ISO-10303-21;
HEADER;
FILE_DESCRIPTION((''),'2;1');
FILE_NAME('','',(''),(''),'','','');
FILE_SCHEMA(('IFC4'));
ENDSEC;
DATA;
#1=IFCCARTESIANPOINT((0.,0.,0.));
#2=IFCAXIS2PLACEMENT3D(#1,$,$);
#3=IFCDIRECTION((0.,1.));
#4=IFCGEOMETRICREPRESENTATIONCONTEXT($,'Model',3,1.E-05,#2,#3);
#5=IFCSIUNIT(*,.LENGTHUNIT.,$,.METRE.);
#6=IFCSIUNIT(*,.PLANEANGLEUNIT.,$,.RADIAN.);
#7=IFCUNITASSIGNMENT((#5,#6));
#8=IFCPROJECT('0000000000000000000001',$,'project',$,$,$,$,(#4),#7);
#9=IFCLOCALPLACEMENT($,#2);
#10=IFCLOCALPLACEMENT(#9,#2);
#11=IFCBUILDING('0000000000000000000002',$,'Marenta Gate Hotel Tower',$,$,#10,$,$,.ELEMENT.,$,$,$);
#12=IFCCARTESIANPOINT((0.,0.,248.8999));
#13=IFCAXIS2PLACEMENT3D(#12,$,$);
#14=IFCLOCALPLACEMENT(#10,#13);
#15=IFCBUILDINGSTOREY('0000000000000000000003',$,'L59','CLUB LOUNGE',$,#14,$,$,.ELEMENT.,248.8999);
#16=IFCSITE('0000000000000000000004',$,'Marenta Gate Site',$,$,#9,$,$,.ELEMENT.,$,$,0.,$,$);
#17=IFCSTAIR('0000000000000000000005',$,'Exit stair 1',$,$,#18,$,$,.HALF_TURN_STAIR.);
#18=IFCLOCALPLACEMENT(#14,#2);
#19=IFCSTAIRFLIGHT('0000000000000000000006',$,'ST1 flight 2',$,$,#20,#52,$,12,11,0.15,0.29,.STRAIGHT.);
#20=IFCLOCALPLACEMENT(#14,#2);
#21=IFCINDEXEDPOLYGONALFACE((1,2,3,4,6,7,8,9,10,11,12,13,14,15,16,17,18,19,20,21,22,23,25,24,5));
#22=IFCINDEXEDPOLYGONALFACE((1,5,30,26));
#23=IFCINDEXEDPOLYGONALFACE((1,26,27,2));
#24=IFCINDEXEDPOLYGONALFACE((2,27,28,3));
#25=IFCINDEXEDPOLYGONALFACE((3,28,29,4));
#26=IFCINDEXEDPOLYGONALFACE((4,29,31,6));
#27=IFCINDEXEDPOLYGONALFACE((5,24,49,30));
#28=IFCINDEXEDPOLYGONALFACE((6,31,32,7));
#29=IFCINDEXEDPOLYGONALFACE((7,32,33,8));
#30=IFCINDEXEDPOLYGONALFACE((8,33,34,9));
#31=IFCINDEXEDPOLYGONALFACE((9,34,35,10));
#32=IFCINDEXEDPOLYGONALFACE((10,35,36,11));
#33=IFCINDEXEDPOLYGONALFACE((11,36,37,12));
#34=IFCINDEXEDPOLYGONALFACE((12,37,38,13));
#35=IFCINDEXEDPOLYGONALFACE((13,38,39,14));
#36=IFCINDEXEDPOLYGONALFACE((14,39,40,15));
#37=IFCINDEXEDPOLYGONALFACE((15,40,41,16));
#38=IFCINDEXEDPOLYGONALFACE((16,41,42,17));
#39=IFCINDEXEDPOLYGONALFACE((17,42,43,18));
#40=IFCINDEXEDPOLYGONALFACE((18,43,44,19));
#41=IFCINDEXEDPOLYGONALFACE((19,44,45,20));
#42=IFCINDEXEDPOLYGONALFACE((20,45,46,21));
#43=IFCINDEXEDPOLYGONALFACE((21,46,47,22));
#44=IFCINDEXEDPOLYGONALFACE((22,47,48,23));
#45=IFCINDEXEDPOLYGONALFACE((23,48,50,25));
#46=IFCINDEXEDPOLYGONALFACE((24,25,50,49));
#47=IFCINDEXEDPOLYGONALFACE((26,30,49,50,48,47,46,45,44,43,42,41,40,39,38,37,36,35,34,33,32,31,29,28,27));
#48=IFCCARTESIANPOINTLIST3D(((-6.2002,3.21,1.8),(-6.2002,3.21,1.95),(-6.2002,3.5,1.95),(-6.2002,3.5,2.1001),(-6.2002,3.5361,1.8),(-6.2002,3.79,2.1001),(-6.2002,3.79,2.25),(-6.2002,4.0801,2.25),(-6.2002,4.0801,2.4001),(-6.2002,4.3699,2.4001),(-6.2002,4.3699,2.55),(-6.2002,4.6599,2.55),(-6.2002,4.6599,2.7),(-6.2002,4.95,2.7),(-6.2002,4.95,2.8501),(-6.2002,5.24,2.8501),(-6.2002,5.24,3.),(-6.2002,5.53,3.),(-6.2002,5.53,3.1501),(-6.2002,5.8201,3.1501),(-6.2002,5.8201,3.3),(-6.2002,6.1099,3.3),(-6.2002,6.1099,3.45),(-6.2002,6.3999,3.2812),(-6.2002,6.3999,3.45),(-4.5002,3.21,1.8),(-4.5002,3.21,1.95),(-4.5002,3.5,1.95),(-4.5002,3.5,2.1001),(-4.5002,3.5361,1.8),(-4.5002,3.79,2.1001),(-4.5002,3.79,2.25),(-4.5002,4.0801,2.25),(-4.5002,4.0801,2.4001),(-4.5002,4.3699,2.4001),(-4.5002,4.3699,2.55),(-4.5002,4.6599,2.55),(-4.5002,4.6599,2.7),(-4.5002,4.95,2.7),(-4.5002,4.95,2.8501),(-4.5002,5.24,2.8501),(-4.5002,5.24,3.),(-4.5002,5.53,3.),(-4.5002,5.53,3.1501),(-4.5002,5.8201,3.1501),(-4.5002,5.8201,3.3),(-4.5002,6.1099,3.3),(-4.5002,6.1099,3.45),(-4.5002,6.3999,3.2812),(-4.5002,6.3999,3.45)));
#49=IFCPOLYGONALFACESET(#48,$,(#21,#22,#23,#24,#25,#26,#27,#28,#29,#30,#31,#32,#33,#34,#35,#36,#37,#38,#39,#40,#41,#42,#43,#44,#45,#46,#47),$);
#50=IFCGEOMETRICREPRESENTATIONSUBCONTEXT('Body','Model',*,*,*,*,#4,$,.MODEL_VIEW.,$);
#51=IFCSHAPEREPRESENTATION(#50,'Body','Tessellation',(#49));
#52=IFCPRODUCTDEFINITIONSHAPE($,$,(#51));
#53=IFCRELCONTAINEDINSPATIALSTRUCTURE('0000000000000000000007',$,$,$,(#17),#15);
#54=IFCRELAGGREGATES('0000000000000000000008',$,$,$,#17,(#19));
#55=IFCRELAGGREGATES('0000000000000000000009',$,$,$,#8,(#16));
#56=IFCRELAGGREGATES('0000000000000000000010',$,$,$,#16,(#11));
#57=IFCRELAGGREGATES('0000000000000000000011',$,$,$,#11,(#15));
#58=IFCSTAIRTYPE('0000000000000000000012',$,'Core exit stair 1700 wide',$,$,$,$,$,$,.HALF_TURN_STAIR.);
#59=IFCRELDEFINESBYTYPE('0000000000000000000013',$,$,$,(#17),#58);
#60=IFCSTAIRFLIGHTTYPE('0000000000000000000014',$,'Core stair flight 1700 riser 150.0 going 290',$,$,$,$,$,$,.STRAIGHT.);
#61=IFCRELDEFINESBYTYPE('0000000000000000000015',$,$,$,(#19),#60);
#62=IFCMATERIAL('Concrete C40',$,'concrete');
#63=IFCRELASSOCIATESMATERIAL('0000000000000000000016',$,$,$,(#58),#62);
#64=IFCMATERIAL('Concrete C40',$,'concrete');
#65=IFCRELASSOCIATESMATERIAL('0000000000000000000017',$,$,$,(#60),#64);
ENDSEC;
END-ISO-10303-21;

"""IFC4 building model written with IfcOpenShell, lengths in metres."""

from ifc_helpers import new_model, si_unit, direction, frame, origin, place, context, subcontext, project, spatial, polyline, outline, extrude, material, type_object, element, aggregate, save


model = new_model("IFC4")

# Units and contexts
model_context = context("Model", 3, precision=1e-05, world=origin(), true_north=direction((0.0, 1.0)))
body_context = subcontext(model_context, "Body", "Model", "MODEL_VIEW")
ifc_project = project(units=[si_unit("LENGTHUNIT", "METRE"), si_unit("PLANEANGLEUNIT", "RADIAN")], contexts=[model_context])

# Site, building, storey
site_placement = place(None, origin())
site = spatial("IfcSite", under=ifc_project, at=site_placement, Name="Marenta Gate Site", CompositionType="ELEMENT", RefElevation=0.0)
building_placement = place(site_placement, origin())
building = spatial("IfcBuilding", under=site, at=building_placement, Name="Marenta Gate Hotel Tower", CompositionType="ELEMENT")
storey_placement = place(building_placement, frame((0.0, 0.0, 248.8999)))
storey = spatial("IfcBuildingStorey", under=building, at=storey_placement, Name="L59", Description="CLUB LOUNGE", CompositionType="ELEMENT", Elevation=248.8999)

# Stair, stair flight
ifc_material_1 = material(Name="Concrete C40", Category="concrete")
stair_type = type_object("IfcStairType", Name="Core exit stair 1700 wide", PredefinedType="HALF_TURN_STAIR", material=ifc_material_1)
stair_placement = place(storey_placement, origin())
stair = element("IfcStair", 1, at=stair_placement, inside=storey, type_object=stair_type, Name="Exit stair 1", PredefinedType="HALF_TURN_STAIR")
ifc_material_2 = material(Name="Concrete C40", Category="concrete")
stair_flight_type = type_object("IfcStairFlightType", Name="Core stair flight 1700 riser 150.0 going 290", PredefinedType="STRAIGHT", material=ifc_material_2)
stair_flight_1_placement = place(storey_placement, frame((-5.3501, 3.21, 1.8), z_axis=(0.0, 0.0, 1.0), x_axis=(0.0, 1.0, 0.0)))
stair_flight_1 = element("IfcStairFlight", 2, at=stair_flight_1_placement, type_object=stair_flight_type, Name="ST1 flight 2", NumberOfRisers=12, NumberOfTreads=11, PredefinedType="STRAIGHT", RiserHeight=0.15, TreadLength=0.29, context=body_context, shape_type="SweptSolid", body=[
    extrude(outline(polyline([(0.0, 0.0), (0.0, 0.1499), (0.29, 0.1499), (0.29, 0.3), (0.5801, 0.3), (0.5801, 0.45), (0.8701, 0.45), (0.8701, 0.6001), (1.1599, 0.6001), (1.1599, 0.75), (1.45, 0.75), (1.45, 0.8999), (1.74, 0.8999), (1.74, 1.05), (2.03, 1.05), (2.03, 1.2), (2.3201, 1.2), (2.3201, 1.3501), (2.6101, 1.3501), (2.6101, 1.5), (2.8999, 1.5), (2.8999, 1.6499), (3.1899, 1.6499), (3.1899, 1.8), (3.1899, 1.4812), (0.3262, 0.0), (0.0, 0.0)])), frame((0.0, 0.8501, 0.0), z_axis=(0.0, -1.0, 0.0), x_axis=(1.0, 0.0, 0.0)), (0.0, 0.0, 1.0), 1.7),
])
aggregate(stair, [stair_flight_1])

save(model, "model.ifc")
